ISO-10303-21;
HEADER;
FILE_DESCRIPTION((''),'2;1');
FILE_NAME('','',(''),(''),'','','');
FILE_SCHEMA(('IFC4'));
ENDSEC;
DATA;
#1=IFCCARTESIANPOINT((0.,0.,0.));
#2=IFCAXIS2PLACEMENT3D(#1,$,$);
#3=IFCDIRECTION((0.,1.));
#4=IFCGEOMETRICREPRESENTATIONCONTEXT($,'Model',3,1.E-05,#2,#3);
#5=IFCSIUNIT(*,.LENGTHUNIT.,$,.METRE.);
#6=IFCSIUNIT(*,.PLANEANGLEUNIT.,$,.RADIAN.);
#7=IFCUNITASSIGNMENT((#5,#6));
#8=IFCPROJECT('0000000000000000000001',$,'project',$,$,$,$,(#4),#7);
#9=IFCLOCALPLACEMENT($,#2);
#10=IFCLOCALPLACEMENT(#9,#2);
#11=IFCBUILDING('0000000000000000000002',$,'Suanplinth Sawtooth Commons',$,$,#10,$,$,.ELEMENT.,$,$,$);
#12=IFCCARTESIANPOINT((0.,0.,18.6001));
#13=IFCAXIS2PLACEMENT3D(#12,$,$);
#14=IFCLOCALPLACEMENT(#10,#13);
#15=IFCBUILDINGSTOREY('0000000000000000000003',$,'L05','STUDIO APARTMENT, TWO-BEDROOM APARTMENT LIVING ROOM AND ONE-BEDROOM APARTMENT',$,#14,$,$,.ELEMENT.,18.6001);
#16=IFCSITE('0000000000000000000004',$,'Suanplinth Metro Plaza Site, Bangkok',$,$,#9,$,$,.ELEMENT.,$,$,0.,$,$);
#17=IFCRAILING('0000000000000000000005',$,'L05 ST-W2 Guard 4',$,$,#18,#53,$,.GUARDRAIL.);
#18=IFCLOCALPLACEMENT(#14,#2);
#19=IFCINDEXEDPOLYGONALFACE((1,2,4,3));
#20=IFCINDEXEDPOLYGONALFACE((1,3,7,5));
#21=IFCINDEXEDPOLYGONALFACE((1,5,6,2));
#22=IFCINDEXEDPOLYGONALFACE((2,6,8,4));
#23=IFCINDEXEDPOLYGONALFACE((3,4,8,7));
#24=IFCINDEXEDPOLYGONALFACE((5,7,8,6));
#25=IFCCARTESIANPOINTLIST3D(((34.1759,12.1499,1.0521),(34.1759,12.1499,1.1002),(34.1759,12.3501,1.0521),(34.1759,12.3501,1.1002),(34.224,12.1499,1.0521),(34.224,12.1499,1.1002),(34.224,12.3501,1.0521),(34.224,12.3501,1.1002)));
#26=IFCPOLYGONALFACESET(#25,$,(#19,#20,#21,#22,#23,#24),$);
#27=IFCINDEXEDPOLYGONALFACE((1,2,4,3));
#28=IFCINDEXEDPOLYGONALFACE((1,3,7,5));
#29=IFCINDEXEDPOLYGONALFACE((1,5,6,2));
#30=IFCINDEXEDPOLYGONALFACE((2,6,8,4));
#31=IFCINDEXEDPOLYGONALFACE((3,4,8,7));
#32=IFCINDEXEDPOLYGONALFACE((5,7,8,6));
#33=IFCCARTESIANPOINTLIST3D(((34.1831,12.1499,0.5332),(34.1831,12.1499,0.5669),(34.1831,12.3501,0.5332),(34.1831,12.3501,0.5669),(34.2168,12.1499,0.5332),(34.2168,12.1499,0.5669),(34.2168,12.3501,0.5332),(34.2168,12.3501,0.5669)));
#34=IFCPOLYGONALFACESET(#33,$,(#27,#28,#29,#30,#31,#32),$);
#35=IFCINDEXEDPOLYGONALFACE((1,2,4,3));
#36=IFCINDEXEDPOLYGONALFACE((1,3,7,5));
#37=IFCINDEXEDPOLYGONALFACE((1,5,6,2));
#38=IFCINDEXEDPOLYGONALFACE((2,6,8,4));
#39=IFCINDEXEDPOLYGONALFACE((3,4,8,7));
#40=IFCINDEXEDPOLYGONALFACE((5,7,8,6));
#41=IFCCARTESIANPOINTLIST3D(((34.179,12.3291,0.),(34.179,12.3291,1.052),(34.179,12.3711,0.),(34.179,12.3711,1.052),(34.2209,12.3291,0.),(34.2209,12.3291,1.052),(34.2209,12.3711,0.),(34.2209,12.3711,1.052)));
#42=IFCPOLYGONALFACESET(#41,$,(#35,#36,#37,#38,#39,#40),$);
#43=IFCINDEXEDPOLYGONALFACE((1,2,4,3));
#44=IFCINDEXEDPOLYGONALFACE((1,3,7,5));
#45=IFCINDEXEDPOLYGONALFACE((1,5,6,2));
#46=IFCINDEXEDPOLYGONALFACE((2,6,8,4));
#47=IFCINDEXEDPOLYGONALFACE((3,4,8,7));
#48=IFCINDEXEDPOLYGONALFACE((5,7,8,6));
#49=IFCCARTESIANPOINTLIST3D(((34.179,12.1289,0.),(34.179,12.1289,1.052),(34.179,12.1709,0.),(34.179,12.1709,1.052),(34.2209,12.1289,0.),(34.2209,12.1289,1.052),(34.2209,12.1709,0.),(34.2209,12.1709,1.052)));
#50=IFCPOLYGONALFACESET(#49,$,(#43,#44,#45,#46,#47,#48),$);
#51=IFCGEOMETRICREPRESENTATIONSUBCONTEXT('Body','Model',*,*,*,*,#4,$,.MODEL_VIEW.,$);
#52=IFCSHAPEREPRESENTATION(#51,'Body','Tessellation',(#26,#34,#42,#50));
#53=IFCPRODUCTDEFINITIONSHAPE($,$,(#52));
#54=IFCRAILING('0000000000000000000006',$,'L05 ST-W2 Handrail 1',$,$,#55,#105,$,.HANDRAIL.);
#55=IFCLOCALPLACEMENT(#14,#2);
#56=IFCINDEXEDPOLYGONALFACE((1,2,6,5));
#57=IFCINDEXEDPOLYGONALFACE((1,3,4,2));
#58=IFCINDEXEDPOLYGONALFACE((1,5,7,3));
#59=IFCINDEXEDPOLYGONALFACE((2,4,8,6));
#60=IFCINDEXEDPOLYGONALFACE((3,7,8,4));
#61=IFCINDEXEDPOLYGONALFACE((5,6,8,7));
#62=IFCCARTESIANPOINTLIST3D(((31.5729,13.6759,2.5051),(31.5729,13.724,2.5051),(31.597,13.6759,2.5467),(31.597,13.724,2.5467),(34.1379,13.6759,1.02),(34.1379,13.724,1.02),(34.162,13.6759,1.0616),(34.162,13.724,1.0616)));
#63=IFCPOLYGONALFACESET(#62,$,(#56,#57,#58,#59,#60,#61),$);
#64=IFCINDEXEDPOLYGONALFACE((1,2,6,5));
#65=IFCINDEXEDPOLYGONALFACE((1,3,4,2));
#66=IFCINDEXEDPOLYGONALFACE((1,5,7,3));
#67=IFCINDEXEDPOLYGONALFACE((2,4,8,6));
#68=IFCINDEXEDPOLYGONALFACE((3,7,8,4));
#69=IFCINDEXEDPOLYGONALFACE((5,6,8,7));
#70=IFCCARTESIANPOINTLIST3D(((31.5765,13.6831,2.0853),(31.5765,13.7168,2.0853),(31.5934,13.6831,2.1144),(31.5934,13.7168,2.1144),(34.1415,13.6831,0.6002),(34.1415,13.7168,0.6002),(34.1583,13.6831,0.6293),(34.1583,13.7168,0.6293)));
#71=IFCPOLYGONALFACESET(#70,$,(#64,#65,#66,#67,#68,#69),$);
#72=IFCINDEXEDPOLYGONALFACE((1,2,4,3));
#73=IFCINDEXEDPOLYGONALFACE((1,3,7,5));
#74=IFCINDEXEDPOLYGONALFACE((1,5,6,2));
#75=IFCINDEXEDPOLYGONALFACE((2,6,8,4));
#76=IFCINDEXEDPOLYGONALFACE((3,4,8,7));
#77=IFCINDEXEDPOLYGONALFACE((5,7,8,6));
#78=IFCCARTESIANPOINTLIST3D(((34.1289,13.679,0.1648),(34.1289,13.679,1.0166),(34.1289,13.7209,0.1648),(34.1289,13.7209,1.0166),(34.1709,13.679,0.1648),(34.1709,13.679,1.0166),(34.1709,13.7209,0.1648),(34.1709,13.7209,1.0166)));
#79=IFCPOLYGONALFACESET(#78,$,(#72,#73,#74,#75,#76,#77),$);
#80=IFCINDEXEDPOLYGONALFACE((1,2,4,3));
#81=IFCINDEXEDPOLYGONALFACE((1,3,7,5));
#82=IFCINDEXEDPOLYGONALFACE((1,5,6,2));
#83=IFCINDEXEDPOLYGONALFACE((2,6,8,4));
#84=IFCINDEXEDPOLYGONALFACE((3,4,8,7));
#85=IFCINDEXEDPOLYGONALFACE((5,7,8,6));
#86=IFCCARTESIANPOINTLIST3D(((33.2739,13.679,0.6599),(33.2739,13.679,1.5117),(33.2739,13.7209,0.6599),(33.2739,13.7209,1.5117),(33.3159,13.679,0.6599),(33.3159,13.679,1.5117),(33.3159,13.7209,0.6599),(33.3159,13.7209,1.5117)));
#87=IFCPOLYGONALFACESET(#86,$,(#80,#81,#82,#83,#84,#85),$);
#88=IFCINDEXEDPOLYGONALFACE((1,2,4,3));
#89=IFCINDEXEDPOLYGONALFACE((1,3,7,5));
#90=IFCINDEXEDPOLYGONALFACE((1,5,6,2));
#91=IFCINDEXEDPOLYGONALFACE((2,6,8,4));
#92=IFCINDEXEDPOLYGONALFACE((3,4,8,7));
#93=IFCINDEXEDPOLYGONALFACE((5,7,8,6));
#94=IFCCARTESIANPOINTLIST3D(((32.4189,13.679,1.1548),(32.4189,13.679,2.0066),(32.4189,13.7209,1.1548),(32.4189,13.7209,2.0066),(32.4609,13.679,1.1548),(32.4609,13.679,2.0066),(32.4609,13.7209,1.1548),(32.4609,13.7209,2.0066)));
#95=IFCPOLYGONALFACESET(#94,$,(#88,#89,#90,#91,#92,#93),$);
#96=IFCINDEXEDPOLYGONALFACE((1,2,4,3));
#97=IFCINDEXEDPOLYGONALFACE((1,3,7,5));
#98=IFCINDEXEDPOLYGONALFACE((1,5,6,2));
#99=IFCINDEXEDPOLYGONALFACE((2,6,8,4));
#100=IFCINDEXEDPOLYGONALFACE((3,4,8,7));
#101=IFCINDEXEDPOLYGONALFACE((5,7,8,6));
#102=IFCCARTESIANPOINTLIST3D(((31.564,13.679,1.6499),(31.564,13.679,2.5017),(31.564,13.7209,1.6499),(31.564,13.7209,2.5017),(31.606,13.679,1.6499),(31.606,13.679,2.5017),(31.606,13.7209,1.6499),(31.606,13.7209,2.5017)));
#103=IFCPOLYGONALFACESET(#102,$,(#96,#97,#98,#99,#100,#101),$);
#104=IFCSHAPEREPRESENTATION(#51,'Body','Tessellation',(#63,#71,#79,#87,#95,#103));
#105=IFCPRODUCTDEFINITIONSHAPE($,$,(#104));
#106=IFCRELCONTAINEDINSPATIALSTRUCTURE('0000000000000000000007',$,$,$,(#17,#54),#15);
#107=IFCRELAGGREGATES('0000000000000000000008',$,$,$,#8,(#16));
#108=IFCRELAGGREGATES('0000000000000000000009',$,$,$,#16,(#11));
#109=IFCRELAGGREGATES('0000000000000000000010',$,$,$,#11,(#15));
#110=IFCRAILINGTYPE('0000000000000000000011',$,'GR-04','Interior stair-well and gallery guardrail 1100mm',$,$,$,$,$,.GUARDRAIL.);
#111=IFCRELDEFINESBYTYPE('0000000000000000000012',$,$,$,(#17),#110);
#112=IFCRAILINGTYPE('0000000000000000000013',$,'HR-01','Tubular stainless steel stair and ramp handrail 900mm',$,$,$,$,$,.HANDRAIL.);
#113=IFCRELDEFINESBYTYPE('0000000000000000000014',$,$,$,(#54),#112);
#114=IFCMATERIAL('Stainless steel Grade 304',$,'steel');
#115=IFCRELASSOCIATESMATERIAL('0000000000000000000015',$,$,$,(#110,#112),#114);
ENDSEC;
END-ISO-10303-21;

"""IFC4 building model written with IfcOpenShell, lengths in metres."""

from ifc_helpers import new_model, si_unit, direction, frame, origin, origin_2d, place, context, subcontext, project, spatial, rectangle, extrude, material, type_object, element, save


model = new_model("IFC4")

# Units and contexts
model_context = context("Model", 3, precision=1e-05, world=origin(), true_north=direction((0.0, 1.0)))
body_context = subcontext(model_context, "Body", "Model", "MODEL_VIEW")
ifc_project = project(units=[si_unit("LENGTHUNIT", "METRE"), si_unit("PLANEANGLEUNIT", "RADIAN")], contexts=[model_context])

# Site, building, storey
site_placement = place(None, origin())
site = spatial("IfcSite", under=ifc_project, at=site_placement, Name="Suanplinth Metro Plaza Site, Bangkok", CompositionType="ELEMENT", RefElevation=0.0)
building_placement = place(site_placement, origin())
building = spatial("IfcBuilding", under=site, at=building_placement, Name="Suanplinth Sawtooth Commons", CompositionType="ELEMENT")
storey_placement = place(building_placement, frame((0.0, 0.0, 18.6001)))
storey = spatial("IfcBuildingStorey", under=building, at=storey_placement, Name="L05", Description="STUDIO APARTMENT, TWO-BEDROOM APARTMENT LIVING ROOM AND ONE-BEDROOM APARTMENT", CompositionType="ELEMENT", Elevation=18.6001)

# Railings
ifc_material_1 = material(Name="Stainless steel Grade 304", Category="steel")
railing_type_1 = type_object("IfcRailingType", Name="GR-04", Description="Interior stair-well and gallery guardrail 1100mm", PredefinedType="GUARDRAIL", material=ifc_material_1)
railing_1_placement = place(storey_placement, frame((34.2, 12.3501, 0.0)))
element("IfcRailing", 1, at=railing_1_placement, inside=storey, type_object=railing_type_1, Name="L05 ST-W2 Guard 4", PredefinedType="GUARDRAIL", context=body_context, shape_type="SweptSolid", body=[
    extrude(rectangle(XDim=0.0481, YDim=0.0481, at=origin_2d()), frame((0.0, 0.0, 1.0762), z_axis=(0.0, -1.0, 0.0), x_axis=(1.0, 0.0, 0.0)), (0.0, 0.0, 1.0), 0.2002),
    extrude(rectangle(XDim=0.0337, YDim=0.0337, at=origin_2d()), frame((0.0, 0.0, 0.55), z_axis=(0.0, -1.0, 0.0), x_axis=(1.0, 0.0, 0.0)), (0.0, 0.0, 1.0), 0.2002),
    extrude(rectangle(XDim=0.042, YDim=0.042, at=origin_2d()), origin(), (0.0, 0.0, 1.0), 1.052),
    extrude(rectangle(XDim=0.042, YDim=0.042, at=origin_2d()), frame((0.0, -0.2002, 0.0)), (0.0, 0.0, 1.0), 1.052),
])
railing_type_2 = type_object("IfcRailingType", Name="HR-01", Description="Tubular stainless steel stair and ramp handrail 900mm", PredefinedType="HANDRAIL", material=ifc_material_1)
railing_2_placement = place(storey_placement, frame((34.1499, 13.7, 0.1648)))
element("IfcRailing", 2, at=railing_2_placement, inside=storey, type_object=railing_type_2, Name="L05 ST-W2 Handrail 1", PredefinedType="HANDRAIL", context=body_context, shape_type="SweptSolid", body=[
    extrude(rectangle(XDim=0.0481, YDim=0.0481, at=origin_2d()), frame((0.0, 0.0, 0.876), z_axis=(-0.865406, 0.0, 0.501072), x_axis=(0.0, -1.0, 0.0)), (0.0, 0.0, 1.0), 2.9639),
    extrude(rectangle(XDim=0.0337, YDim=0.0337, at=origin_2d()), frame((0.0, 0.0, 0.45), z_axis=(-0.865406, 0.0, 0.501072), x_axis=(0.0, -1.0, 0.0)), (0.0, 0.0, 1.0), 2.9639),
    extrude(rectangle(XDim=0.042, YDim=0.042, at=origin_2d()), origin(), (0.0, 0.0, 1.0), 0.8518),
    extrude(rectangle(XDim=0.042, YDim=0.042, at=origin_2d()), frame((-0.855, 0.0, 0.4951)), (0.0, 0.0, 1.0), 0.8518),
    extrude(rectangle(XDim=0.042, YDim=0.042, at=origin_2d()), frame((-1.71, 0.0, 0.99)), (0.0, 0.0, 1.0), 0.8518),
    extrude(rectangle(XDim=0.042, YDim=0.042, at=origin_2d()), frame((-2.5649, 0.0, 1.4851)), (0.0, 0.0, 1.0), 0.8518),
])

save(model, "model.ifc")
